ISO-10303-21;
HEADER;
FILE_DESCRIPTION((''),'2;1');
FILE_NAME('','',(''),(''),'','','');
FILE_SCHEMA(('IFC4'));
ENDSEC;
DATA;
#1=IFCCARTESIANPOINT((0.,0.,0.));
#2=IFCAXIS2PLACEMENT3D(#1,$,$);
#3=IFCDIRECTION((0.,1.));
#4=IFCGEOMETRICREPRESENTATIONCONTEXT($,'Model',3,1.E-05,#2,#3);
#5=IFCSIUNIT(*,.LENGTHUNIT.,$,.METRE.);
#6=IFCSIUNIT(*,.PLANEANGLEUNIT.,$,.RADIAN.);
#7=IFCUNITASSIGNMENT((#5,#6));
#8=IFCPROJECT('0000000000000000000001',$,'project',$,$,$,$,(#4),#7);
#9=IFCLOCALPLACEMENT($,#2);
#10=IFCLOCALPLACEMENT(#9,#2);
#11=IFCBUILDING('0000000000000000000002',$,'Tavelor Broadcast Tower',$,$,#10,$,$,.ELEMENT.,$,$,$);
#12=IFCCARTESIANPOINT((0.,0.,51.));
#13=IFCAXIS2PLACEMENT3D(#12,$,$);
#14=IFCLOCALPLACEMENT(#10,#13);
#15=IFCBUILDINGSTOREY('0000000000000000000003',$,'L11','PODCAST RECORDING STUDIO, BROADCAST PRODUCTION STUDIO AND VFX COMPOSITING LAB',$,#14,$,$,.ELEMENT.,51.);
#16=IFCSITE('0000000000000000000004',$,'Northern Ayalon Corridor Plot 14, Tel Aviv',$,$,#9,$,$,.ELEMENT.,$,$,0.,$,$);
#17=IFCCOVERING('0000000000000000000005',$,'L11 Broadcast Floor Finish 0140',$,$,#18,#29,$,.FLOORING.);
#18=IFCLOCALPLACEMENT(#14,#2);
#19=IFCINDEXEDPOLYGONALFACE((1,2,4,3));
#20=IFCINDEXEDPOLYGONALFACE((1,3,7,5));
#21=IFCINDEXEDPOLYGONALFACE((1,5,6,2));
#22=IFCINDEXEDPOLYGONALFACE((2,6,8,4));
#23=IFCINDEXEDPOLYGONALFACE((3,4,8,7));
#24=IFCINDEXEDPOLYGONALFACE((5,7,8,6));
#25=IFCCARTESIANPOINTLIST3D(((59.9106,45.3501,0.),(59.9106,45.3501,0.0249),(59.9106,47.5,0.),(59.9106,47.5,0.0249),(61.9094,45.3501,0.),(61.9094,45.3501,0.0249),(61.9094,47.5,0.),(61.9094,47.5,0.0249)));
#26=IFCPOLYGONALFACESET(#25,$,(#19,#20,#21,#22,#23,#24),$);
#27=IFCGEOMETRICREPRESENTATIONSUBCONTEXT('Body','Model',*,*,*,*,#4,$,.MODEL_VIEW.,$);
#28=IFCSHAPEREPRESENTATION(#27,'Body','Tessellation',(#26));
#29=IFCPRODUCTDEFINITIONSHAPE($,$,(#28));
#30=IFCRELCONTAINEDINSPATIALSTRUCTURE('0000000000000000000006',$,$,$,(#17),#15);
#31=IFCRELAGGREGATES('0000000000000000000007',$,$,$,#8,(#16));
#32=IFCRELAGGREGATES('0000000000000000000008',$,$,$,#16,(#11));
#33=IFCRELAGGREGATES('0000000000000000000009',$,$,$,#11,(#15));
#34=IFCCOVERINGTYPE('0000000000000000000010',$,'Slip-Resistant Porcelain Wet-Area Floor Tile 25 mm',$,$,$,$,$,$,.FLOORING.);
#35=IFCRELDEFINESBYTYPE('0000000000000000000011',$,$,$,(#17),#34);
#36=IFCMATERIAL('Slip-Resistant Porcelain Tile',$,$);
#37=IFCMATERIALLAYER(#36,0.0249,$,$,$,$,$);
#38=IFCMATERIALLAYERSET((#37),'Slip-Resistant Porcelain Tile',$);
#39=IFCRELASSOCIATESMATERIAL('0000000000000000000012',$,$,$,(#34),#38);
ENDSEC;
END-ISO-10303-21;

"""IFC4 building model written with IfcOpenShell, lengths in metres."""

from ifc_helpers import new_model, si_unit, direction, frame, origin, place, context, subcontext, project, spatial, polyline, outline, extrude, material, layer, layer_set, type_object, element, save


model = new_model("IFC4")

# Units and contexts
model_context = context("Model", 3, precision=1e-05, world=origin(), true_north=direction((0.0, 1.0)))
body_context = subcontext(model_context, "Body", "Model", "MODEL_VIEW")
ifc_project = project(units=[si_unit("LENGTHUNIT", "METRE"), si_unit("PLANEANGLEUNIT", "RADIAN")], contexts=[model_context])

# Site, building, storey
site_placement = place(None, origin())
site = spatial("IfcSite", under=ifc_project, at=site_placement, Name="Northern Ayalon Corridor Plot 14, Tel Aviv", CompositionType="ELEMENT", RefElevation=0.0)
building_placement = place(site_placement, origin())
building = spatial("IfcBuilding", under=site, at=building_placement, Name="Tavelor Broadcast Tower", CompositionType="ELEMENT")
storey_placement = place(building_placement, frame((0.0, 0.0, 51.0)))
storey = spatial("IfcBuildingStorey", under=building, at=storey_placement, Name="L11", Description="PODCAST RECORDING STUDIO, BROADCAST PRODUCTION STUDIO AND VFX COMPOSITING LAB", CompositionType="ELEMENT", Elevation=51.0)

# Covering
ifc_material_1 = material(Name="Slip-Resistant Porcelain Tile")
ifc_layer_1 = layer(ifc_material_1, 0.0249)
ifc_layer_set_1 = layer_set([ifc_layer_1], Name="Slip-Resistant Porcelain Tile")
covering_type_1 = type_object("IfcCoveringType", Name="Slip-Resistant Porcelain Wet-Area Floor Tile 25 mm", PredefinedType="FLOORING", material=ifc_layer_set_1)
covering_1_placement = place(storey_placement, origin())
element("IfcCovering", 1, at=covering_1_placement, inside=storey, type_object=covering_type_1, Name="L11 Broadcast Floor Finish 0140", PredefinedType="FLOORING", context=body_context, shape_type="SweptSolid", body=[
    extrude(outline(polyline([(59.9106, 45.3501), (61.9094, 45.3501), (61.9094, 47.5), (59.9106, 47.5), (59.9106, 45.3501)])), origin(), (0.0, 0.0, 1.0), 0.0249),
])

save(model, "model.ifc")
